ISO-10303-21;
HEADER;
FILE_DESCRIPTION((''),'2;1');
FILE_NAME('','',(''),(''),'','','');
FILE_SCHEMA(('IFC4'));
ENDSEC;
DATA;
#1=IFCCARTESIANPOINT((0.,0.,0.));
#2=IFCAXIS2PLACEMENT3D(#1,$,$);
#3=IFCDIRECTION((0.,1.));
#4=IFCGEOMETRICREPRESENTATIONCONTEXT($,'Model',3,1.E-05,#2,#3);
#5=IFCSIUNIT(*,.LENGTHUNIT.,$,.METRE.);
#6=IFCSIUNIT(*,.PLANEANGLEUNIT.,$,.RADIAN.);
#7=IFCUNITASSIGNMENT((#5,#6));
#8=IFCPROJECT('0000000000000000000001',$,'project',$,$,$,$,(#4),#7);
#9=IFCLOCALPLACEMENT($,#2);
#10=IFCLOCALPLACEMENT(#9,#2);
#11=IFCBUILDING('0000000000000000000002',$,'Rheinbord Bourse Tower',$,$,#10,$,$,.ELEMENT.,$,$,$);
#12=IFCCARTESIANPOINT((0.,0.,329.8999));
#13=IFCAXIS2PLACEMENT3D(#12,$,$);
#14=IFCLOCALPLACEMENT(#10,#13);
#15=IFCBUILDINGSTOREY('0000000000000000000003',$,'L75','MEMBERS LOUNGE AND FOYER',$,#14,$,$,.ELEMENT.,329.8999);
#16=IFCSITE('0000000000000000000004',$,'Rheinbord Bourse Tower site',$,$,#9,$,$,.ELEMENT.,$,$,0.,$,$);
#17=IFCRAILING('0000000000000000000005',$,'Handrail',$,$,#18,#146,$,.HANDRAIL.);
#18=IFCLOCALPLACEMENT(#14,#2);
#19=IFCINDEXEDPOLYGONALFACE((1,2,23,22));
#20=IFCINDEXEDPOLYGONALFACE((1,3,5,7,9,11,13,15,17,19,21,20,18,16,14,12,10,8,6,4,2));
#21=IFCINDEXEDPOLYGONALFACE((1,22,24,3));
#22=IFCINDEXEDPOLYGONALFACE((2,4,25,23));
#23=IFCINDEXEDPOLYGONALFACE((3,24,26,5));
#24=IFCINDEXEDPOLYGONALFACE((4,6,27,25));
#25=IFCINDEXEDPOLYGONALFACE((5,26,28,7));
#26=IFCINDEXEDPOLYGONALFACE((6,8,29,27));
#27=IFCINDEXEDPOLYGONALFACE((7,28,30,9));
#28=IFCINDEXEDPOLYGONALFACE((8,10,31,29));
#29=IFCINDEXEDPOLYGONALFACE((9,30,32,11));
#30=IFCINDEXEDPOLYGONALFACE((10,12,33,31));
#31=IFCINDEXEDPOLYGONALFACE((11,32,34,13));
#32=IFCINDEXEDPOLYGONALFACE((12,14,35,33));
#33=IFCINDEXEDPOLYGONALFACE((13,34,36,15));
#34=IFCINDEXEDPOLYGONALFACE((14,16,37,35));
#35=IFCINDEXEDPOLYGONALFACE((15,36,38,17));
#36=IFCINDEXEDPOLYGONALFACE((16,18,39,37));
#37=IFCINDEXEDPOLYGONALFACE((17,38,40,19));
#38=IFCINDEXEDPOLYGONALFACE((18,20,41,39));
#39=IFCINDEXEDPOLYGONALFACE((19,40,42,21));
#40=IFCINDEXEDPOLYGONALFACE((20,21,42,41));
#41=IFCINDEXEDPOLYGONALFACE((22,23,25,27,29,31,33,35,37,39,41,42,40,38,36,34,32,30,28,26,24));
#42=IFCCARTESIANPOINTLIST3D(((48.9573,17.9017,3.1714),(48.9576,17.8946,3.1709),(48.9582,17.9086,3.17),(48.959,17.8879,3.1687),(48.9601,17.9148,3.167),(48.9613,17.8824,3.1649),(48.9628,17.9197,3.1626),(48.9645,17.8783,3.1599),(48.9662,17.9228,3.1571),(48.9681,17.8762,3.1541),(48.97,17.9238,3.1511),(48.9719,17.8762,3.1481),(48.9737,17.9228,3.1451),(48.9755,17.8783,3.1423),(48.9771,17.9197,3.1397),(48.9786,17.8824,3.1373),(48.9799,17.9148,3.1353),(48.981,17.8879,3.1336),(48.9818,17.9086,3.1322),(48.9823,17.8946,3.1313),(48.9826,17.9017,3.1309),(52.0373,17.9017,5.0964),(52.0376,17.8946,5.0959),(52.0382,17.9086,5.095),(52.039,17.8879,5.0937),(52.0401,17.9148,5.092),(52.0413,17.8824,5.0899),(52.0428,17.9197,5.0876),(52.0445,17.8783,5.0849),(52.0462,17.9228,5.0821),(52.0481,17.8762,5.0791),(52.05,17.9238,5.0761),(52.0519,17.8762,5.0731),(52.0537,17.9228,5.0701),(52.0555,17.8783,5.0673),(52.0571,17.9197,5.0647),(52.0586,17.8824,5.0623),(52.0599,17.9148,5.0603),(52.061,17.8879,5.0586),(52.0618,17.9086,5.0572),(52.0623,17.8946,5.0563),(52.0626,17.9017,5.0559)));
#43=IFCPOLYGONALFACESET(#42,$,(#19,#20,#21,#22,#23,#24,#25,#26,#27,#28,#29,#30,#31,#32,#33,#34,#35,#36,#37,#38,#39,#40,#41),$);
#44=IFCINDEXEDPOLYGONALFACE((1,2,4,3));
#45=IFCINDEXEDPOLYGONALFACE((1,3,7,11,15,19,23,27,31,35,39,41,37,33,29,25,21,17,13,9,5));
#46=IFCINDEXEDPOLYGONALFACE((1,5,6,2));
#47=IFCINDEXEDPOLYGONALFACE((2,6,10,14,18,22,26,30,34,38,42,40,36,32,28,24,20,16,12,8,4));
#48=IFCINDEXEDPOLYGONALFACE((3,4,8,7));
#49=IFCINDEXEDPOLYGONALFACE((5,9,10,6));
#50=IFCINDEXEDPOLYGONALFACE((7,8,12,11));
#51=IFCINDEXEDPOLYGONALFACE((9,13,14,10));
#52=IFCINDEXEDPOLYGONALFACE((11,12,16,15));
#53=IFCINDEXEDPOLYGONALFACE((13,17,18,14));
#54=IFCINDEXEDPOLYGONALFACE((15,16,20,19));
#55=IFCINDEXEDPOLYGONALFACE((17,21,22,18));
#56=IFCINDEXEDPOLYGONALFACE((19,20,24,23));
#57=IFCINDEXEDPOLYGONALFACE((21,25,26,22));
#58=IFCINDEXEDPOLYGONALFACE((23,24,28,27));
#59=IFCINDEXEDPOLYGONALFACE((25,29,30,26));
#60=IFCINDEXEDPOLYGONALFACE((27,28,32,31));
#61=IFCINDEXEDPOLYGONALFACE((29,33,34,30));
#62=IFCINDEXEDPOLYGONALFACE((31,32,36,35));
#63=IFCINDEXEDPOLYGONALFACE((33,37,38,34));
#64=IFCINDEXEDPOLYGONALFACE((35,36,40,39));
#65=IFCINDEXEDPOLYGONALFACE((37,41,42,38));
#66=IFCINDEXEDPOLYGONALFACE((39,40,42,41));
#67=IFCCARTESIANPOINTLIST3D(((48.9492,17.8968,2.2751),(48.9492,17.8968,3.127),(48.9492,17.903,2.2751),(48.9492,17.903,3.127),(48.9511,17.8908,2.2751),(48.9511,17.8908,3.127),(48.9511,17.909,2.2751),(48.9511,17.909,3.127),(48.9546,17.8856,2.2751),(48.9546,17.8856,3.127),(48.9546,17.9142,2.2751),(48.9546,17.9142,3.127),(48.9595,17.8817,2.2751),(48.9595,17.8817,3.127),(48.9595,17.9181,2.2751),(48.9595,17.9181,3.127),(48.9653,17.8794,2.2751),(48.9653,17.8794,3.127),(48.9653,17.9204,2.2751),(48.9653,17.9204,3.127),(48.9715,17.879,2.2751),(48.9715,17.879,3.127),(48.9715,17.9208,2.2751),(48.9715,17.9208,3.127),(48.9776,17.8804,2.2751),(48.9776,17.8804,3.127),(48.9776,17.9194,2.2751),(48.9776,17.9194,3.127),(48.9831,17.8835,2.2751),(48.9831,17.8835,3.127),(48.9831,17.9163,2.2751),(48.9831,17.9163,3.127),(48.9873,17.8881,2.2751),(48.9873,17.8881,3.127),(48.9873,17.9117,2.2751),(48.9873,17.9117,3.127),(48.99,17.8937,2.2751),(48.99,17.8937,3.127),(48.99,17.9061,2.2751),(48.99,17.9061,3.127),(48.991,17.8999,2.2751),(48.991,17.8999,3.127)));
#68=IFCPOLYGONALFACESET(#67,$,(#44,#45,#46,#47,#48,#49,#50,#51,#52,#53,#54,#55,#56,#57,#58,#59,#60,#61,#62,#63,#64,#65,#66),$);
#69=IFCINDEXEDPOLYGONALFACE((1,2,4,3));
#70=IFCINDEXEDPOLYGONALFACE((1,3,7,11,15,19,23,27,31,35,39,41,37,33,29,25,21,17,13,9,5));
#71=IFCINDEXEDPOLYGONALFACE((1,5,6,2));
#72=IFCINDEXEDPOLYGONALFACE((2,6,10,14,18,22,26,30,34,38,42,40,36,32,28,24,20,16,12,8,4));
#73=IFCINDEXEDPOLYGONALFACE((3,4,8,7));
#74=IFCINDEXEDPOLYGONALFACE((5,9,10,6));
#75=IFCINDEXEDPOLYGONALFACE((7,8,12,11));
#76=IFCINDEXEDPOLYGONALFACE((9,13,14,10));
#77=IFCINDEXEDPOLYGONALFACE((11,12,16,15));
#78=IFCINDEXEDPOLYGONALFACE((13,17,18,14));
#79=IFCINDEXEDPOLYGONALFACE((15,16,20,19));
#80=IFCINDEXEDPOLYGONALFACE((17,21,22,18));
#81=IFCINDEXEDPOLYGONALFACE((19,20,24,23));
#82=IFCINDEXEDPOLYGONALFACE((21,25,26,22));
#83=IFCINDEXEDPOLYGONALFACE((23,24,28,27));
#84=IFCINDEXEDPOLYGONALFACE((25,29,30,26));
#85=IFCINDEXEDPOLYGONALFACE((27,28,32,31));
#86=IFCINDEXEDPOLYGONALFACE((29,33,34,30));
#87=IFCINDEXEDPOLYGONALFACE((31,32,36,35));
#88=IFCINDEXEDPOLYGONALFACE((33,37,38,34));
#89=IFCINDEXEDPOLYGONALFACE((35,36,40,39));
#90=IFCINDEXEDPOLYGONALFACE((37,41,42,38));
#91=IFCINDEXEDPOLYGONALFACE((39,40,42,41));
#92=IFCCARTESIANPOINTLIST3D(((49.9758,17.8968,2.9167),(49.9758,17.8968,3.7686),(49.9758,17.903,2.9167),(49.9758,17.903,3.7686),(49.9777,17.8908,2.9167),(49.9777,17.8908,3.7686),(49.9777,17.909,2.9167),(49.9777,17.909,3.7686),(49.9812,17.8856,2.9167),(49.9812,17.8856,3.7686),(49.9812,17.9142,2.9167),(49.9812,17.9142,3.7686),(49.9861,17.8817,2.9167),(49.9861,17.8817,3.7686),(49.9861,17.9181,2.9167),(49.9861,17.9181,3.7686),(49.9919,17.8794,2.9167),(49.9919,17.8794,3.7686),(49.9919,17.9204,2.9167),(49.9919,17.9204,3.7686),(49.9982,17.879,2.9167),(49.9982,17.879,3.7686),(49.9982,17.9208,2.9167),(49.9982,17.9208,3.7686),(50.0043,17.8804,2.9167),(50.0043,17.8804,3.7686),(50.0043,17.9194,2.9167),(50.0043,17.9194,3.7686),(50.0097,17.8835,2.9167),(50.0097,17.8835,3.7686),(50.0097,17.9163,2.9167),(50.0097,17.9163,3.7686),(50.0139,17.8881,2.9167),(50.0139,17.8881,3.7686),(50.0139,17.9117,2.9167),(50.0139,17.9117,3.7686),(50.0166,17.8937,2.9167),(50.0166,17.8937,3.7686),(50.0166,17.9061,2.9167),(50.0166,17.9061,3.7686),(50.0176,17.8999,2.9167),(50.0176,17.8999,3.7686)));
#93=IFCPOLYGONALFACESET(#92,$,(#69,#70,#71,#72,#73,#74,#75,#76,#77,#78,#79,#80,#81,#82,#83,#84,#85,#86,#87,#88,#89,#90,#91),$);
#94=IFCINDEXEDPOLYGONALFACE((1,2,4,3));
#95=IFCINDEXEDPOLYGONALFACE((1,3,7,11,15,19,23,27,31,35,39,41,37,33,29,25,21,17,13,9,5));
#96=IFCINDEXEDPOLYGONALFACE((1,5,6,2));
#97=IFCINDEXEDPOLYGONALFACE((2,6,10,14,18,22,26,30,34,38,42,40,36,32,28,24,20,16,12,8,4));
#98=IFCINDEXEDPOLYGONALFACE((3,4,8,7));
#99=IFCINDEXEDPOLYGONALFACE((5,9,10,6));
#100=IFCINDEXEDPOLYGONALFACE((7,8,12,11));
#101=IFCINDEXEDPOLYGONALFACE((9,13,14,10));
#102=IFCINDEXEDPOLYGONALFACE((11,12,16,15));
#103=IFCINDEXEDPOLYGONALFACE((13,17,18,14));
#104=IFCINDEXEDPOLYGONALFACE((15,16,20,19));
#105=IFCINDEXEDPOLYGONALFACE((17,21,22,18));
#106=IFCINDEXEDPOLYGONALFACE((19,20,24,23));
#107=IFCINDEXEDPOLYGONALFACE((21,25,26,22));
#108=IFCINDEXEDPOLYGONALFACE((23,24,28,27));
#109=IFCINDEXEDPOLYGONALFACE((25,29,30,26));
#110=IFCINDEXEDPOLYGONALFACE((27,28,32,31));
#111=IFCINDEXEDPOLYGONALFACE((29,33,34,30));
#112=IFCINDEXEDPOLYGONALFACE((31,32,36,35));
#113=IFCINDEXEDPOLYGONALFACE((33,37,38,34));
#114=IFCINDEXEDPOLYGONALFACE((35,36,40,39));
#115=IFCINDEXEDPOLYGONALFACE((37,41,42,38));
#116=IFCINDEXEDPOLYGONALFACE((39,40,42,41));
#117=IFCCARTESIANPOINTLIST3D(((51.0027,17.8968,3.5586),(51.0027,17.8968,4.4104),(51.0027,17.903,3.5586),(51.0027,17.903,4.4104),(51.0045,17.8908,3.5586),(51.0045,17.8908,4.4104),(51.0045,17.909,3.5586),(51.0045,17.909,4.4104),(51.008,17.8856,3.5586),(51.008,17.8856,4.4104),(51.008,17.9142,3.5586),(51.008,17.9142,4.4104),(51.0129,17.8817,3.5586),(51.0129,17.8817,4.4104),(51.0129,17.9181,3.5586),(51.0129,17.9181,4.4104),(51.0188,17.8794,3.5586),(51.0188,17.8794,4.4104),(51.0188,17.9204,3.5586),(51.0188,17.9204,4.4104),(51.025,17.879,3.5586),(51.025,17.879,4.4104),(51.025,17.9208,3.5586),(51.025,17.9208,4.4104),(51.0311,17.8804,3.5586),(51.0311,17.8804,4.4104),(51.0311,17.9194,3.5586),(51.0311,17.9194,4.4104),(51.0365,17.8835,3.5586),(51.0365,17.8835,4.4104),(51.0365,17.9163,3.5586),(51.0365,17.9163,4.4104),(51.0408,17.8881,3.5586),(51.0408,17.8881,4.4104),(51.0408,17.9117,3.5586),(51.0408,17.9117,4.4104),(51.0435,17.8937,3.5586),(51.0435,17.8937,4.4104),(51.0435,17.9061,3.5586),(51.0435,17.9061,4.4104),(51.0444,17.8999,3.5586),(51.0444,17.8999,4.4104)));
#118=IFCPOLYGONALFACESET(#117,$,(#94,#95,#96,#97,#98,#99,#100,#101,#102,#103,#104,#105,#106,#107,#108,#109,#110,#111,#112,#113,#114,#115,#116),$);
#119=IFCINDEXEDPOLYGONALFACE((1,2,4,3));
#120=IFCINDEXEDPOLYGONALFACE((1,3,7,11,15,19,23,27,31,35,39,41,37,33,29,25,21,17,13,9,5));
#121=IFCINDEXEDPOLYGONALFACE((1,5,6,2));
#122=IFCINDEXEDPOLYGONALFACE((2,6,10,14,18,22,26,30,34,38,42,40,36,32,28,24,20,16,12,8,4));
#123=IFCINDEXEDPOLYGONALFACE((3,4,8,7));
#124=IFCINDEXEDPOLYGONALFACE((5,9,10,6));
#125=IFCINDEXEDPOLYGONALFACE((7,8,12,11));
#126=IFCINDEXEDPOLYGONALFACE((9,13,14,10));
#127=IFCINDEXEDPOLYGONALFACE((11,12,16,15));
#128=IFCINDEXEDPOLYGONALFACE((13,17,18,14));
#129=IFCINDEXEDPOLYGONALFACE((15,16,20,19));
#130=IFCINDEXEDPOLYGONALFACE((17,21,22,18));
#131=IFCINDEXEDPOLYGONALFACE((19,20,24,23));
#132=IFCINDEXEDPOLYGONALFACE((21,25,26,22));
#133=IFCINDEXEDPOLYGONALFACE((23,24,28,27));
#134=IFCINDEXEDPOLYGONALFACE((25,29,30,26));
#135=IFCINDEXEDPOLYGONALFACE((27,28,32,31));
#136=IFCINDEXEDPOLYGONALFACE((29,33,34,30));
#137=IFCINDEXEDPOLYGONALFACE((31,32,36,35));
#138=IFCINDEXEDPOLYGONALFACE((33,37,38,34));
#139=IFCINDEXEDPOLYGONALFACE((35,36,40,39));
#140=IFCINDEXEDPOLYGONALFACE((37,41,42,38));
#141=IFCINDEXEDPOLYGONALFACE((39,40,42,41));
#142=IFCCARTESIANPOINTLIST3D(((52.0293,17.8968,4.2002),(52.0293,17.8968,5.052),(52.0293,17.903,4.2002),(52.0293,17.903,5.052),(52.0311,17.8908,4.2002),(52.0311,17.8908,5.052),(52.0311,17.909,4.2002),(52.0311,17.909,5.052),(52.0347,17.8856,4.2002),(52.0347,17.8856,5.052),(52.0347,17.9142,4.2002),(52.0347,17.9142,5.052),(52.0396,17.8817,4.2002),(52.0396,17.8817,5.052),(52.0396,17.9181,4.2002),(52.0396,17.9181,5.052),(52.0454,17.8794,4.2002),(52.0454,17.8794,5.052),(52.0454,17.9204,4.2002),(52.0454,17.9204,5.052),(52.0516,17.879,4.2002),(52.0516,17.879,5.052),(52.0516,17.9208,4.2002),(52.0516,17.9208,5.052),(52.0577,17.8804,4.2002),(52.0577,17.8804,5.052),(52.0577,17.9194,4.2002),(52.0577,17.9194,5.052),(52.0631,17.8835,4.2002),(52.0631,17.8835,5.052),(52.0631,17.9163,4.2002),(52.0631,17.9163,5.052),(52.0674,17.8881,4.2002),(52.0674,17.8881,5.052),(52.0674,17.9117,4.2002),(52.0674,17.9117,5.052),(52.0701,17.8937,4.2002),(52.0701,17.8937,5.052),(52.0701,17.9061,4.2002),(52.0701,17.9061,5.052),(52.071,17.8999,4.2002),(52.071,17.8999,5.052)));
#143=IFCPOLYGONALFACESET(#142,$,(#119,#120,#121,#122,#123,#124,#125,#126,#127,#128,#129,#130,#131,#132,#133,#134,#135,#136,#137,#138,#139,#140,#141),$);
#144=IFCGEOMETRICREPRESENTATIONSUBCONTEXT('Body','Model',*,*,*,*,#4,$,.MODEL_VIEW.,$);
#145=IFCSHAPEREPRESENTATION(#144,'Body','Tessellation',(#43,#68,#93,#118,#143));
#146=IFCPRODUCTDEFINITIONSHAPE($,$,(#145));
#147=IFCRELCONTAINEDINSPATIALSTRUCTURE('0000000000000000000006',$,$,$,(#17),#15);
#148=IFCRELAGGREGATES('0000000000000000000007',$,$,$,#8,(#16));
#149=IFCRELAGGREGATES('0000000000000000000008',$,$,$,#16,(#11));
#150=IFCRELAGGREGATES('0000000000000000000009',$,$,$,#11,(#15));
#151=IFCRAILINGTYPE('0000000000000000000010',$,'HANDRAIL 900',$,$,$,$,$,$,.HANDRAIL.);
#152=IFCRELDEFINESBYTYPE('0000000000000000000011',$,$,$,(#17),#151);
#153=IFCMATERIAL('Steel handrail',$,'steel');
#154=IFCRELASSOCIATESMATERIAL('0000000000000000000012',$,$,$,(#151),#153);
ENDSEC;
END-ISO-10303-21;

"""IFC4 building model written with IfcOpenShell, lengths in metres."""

from ifc_helpers import new_model, si_unit, direction, frame, origin, origin_2d, place, context, subcontext, project, spatial, circle, extrude, material, type_object, element, save


model = new_model("IFC4")

# Units and contexts
model_context = context("Model", 3, precision=1e-05, world=origin(), true_north=direction((0.0, 1.0)))
body_context = subcontext(model_context, "Body", "Model", "MODEL_VIEW")
ifc_project = project(units=[si_unit("LENGTHUNIT", "METRE"), si_unit("PLANEANGLEUNIT", "RADIAN")], contexts=[model_context])

# Site, building, storey
site_placement = place(None, origin())
site = spatial("IfcSite", under=ifc_project, at=site_placement, Name="Rheinbord Bourse Tower site", CompositionType="ELEMENT", RefElevation=0.0)
building_placement = place(site_placement, origin())
building = spatial("IfcBuilding", under=site, at=building_placement, Name="Rheinbord Bourse Tower", CompositionType="ELEMENT")
storey_placement = place(building_placement, frame((0.0, 0.0, 329.8999)))
storey = spatial("IfcBuildingStorey", under=building, at=storey_placement, Name="L75", Description="MEMBERS LOUNGE AND FOYER", CompositionType="ELEMENT", Elevation=329.8999)

# Railing
ifc_material_1 = material(Name="Steel handrail", Category="steel")
railing_type = type_object("IfcRailingType", Name="HANDRAIL 900", PredefinedType="HANDRAIL", material=ifc_material_1)
railing_1_placement = place(storey_placement, frame((48.97, 17.8999, 2.2751)))
element("IfcRailing", 1, at=railing_1_placement, inside=storey, type_object=railing_type, Name="Handrail", PredefinedType="HANDRAIL", context=body_context, shape_type="SweptSolid", body=[
    extrude(circle(Radius=0.0239, at=origin_2d()), frame((0.0, 0.0, 0.876), z_axis=(0.847998, 0.0, 0.529999), x_axis=(0.0, 1.0, 0.0)), (0.0, 0.0, 1.0), 3.6321),
    extrude(circle(Radius=0.021, at=origin_2d()), origin(), (0.0, 0.0, 1.0), 0.8518),
    extrude(circle(Radius=0.021, at=origin_2d()), frame((1.0266, 0.0, 0.6416)), (0.0, 0.0, 1.0), 0.8518),
    extrude(circle(Radius=0.021, at=origin_2d()), frame((2.0535, 0.0, 1.2834)), (0.0, 0.0, 1.0), 0.8518),
    extrude(circle(Radius=0.021, at=origin_2d()), frame((3.0801, 0.0, 1.925)), (0.0, 0.0, 1.0), 0.8518),
])

save(model, "model.ifc")
